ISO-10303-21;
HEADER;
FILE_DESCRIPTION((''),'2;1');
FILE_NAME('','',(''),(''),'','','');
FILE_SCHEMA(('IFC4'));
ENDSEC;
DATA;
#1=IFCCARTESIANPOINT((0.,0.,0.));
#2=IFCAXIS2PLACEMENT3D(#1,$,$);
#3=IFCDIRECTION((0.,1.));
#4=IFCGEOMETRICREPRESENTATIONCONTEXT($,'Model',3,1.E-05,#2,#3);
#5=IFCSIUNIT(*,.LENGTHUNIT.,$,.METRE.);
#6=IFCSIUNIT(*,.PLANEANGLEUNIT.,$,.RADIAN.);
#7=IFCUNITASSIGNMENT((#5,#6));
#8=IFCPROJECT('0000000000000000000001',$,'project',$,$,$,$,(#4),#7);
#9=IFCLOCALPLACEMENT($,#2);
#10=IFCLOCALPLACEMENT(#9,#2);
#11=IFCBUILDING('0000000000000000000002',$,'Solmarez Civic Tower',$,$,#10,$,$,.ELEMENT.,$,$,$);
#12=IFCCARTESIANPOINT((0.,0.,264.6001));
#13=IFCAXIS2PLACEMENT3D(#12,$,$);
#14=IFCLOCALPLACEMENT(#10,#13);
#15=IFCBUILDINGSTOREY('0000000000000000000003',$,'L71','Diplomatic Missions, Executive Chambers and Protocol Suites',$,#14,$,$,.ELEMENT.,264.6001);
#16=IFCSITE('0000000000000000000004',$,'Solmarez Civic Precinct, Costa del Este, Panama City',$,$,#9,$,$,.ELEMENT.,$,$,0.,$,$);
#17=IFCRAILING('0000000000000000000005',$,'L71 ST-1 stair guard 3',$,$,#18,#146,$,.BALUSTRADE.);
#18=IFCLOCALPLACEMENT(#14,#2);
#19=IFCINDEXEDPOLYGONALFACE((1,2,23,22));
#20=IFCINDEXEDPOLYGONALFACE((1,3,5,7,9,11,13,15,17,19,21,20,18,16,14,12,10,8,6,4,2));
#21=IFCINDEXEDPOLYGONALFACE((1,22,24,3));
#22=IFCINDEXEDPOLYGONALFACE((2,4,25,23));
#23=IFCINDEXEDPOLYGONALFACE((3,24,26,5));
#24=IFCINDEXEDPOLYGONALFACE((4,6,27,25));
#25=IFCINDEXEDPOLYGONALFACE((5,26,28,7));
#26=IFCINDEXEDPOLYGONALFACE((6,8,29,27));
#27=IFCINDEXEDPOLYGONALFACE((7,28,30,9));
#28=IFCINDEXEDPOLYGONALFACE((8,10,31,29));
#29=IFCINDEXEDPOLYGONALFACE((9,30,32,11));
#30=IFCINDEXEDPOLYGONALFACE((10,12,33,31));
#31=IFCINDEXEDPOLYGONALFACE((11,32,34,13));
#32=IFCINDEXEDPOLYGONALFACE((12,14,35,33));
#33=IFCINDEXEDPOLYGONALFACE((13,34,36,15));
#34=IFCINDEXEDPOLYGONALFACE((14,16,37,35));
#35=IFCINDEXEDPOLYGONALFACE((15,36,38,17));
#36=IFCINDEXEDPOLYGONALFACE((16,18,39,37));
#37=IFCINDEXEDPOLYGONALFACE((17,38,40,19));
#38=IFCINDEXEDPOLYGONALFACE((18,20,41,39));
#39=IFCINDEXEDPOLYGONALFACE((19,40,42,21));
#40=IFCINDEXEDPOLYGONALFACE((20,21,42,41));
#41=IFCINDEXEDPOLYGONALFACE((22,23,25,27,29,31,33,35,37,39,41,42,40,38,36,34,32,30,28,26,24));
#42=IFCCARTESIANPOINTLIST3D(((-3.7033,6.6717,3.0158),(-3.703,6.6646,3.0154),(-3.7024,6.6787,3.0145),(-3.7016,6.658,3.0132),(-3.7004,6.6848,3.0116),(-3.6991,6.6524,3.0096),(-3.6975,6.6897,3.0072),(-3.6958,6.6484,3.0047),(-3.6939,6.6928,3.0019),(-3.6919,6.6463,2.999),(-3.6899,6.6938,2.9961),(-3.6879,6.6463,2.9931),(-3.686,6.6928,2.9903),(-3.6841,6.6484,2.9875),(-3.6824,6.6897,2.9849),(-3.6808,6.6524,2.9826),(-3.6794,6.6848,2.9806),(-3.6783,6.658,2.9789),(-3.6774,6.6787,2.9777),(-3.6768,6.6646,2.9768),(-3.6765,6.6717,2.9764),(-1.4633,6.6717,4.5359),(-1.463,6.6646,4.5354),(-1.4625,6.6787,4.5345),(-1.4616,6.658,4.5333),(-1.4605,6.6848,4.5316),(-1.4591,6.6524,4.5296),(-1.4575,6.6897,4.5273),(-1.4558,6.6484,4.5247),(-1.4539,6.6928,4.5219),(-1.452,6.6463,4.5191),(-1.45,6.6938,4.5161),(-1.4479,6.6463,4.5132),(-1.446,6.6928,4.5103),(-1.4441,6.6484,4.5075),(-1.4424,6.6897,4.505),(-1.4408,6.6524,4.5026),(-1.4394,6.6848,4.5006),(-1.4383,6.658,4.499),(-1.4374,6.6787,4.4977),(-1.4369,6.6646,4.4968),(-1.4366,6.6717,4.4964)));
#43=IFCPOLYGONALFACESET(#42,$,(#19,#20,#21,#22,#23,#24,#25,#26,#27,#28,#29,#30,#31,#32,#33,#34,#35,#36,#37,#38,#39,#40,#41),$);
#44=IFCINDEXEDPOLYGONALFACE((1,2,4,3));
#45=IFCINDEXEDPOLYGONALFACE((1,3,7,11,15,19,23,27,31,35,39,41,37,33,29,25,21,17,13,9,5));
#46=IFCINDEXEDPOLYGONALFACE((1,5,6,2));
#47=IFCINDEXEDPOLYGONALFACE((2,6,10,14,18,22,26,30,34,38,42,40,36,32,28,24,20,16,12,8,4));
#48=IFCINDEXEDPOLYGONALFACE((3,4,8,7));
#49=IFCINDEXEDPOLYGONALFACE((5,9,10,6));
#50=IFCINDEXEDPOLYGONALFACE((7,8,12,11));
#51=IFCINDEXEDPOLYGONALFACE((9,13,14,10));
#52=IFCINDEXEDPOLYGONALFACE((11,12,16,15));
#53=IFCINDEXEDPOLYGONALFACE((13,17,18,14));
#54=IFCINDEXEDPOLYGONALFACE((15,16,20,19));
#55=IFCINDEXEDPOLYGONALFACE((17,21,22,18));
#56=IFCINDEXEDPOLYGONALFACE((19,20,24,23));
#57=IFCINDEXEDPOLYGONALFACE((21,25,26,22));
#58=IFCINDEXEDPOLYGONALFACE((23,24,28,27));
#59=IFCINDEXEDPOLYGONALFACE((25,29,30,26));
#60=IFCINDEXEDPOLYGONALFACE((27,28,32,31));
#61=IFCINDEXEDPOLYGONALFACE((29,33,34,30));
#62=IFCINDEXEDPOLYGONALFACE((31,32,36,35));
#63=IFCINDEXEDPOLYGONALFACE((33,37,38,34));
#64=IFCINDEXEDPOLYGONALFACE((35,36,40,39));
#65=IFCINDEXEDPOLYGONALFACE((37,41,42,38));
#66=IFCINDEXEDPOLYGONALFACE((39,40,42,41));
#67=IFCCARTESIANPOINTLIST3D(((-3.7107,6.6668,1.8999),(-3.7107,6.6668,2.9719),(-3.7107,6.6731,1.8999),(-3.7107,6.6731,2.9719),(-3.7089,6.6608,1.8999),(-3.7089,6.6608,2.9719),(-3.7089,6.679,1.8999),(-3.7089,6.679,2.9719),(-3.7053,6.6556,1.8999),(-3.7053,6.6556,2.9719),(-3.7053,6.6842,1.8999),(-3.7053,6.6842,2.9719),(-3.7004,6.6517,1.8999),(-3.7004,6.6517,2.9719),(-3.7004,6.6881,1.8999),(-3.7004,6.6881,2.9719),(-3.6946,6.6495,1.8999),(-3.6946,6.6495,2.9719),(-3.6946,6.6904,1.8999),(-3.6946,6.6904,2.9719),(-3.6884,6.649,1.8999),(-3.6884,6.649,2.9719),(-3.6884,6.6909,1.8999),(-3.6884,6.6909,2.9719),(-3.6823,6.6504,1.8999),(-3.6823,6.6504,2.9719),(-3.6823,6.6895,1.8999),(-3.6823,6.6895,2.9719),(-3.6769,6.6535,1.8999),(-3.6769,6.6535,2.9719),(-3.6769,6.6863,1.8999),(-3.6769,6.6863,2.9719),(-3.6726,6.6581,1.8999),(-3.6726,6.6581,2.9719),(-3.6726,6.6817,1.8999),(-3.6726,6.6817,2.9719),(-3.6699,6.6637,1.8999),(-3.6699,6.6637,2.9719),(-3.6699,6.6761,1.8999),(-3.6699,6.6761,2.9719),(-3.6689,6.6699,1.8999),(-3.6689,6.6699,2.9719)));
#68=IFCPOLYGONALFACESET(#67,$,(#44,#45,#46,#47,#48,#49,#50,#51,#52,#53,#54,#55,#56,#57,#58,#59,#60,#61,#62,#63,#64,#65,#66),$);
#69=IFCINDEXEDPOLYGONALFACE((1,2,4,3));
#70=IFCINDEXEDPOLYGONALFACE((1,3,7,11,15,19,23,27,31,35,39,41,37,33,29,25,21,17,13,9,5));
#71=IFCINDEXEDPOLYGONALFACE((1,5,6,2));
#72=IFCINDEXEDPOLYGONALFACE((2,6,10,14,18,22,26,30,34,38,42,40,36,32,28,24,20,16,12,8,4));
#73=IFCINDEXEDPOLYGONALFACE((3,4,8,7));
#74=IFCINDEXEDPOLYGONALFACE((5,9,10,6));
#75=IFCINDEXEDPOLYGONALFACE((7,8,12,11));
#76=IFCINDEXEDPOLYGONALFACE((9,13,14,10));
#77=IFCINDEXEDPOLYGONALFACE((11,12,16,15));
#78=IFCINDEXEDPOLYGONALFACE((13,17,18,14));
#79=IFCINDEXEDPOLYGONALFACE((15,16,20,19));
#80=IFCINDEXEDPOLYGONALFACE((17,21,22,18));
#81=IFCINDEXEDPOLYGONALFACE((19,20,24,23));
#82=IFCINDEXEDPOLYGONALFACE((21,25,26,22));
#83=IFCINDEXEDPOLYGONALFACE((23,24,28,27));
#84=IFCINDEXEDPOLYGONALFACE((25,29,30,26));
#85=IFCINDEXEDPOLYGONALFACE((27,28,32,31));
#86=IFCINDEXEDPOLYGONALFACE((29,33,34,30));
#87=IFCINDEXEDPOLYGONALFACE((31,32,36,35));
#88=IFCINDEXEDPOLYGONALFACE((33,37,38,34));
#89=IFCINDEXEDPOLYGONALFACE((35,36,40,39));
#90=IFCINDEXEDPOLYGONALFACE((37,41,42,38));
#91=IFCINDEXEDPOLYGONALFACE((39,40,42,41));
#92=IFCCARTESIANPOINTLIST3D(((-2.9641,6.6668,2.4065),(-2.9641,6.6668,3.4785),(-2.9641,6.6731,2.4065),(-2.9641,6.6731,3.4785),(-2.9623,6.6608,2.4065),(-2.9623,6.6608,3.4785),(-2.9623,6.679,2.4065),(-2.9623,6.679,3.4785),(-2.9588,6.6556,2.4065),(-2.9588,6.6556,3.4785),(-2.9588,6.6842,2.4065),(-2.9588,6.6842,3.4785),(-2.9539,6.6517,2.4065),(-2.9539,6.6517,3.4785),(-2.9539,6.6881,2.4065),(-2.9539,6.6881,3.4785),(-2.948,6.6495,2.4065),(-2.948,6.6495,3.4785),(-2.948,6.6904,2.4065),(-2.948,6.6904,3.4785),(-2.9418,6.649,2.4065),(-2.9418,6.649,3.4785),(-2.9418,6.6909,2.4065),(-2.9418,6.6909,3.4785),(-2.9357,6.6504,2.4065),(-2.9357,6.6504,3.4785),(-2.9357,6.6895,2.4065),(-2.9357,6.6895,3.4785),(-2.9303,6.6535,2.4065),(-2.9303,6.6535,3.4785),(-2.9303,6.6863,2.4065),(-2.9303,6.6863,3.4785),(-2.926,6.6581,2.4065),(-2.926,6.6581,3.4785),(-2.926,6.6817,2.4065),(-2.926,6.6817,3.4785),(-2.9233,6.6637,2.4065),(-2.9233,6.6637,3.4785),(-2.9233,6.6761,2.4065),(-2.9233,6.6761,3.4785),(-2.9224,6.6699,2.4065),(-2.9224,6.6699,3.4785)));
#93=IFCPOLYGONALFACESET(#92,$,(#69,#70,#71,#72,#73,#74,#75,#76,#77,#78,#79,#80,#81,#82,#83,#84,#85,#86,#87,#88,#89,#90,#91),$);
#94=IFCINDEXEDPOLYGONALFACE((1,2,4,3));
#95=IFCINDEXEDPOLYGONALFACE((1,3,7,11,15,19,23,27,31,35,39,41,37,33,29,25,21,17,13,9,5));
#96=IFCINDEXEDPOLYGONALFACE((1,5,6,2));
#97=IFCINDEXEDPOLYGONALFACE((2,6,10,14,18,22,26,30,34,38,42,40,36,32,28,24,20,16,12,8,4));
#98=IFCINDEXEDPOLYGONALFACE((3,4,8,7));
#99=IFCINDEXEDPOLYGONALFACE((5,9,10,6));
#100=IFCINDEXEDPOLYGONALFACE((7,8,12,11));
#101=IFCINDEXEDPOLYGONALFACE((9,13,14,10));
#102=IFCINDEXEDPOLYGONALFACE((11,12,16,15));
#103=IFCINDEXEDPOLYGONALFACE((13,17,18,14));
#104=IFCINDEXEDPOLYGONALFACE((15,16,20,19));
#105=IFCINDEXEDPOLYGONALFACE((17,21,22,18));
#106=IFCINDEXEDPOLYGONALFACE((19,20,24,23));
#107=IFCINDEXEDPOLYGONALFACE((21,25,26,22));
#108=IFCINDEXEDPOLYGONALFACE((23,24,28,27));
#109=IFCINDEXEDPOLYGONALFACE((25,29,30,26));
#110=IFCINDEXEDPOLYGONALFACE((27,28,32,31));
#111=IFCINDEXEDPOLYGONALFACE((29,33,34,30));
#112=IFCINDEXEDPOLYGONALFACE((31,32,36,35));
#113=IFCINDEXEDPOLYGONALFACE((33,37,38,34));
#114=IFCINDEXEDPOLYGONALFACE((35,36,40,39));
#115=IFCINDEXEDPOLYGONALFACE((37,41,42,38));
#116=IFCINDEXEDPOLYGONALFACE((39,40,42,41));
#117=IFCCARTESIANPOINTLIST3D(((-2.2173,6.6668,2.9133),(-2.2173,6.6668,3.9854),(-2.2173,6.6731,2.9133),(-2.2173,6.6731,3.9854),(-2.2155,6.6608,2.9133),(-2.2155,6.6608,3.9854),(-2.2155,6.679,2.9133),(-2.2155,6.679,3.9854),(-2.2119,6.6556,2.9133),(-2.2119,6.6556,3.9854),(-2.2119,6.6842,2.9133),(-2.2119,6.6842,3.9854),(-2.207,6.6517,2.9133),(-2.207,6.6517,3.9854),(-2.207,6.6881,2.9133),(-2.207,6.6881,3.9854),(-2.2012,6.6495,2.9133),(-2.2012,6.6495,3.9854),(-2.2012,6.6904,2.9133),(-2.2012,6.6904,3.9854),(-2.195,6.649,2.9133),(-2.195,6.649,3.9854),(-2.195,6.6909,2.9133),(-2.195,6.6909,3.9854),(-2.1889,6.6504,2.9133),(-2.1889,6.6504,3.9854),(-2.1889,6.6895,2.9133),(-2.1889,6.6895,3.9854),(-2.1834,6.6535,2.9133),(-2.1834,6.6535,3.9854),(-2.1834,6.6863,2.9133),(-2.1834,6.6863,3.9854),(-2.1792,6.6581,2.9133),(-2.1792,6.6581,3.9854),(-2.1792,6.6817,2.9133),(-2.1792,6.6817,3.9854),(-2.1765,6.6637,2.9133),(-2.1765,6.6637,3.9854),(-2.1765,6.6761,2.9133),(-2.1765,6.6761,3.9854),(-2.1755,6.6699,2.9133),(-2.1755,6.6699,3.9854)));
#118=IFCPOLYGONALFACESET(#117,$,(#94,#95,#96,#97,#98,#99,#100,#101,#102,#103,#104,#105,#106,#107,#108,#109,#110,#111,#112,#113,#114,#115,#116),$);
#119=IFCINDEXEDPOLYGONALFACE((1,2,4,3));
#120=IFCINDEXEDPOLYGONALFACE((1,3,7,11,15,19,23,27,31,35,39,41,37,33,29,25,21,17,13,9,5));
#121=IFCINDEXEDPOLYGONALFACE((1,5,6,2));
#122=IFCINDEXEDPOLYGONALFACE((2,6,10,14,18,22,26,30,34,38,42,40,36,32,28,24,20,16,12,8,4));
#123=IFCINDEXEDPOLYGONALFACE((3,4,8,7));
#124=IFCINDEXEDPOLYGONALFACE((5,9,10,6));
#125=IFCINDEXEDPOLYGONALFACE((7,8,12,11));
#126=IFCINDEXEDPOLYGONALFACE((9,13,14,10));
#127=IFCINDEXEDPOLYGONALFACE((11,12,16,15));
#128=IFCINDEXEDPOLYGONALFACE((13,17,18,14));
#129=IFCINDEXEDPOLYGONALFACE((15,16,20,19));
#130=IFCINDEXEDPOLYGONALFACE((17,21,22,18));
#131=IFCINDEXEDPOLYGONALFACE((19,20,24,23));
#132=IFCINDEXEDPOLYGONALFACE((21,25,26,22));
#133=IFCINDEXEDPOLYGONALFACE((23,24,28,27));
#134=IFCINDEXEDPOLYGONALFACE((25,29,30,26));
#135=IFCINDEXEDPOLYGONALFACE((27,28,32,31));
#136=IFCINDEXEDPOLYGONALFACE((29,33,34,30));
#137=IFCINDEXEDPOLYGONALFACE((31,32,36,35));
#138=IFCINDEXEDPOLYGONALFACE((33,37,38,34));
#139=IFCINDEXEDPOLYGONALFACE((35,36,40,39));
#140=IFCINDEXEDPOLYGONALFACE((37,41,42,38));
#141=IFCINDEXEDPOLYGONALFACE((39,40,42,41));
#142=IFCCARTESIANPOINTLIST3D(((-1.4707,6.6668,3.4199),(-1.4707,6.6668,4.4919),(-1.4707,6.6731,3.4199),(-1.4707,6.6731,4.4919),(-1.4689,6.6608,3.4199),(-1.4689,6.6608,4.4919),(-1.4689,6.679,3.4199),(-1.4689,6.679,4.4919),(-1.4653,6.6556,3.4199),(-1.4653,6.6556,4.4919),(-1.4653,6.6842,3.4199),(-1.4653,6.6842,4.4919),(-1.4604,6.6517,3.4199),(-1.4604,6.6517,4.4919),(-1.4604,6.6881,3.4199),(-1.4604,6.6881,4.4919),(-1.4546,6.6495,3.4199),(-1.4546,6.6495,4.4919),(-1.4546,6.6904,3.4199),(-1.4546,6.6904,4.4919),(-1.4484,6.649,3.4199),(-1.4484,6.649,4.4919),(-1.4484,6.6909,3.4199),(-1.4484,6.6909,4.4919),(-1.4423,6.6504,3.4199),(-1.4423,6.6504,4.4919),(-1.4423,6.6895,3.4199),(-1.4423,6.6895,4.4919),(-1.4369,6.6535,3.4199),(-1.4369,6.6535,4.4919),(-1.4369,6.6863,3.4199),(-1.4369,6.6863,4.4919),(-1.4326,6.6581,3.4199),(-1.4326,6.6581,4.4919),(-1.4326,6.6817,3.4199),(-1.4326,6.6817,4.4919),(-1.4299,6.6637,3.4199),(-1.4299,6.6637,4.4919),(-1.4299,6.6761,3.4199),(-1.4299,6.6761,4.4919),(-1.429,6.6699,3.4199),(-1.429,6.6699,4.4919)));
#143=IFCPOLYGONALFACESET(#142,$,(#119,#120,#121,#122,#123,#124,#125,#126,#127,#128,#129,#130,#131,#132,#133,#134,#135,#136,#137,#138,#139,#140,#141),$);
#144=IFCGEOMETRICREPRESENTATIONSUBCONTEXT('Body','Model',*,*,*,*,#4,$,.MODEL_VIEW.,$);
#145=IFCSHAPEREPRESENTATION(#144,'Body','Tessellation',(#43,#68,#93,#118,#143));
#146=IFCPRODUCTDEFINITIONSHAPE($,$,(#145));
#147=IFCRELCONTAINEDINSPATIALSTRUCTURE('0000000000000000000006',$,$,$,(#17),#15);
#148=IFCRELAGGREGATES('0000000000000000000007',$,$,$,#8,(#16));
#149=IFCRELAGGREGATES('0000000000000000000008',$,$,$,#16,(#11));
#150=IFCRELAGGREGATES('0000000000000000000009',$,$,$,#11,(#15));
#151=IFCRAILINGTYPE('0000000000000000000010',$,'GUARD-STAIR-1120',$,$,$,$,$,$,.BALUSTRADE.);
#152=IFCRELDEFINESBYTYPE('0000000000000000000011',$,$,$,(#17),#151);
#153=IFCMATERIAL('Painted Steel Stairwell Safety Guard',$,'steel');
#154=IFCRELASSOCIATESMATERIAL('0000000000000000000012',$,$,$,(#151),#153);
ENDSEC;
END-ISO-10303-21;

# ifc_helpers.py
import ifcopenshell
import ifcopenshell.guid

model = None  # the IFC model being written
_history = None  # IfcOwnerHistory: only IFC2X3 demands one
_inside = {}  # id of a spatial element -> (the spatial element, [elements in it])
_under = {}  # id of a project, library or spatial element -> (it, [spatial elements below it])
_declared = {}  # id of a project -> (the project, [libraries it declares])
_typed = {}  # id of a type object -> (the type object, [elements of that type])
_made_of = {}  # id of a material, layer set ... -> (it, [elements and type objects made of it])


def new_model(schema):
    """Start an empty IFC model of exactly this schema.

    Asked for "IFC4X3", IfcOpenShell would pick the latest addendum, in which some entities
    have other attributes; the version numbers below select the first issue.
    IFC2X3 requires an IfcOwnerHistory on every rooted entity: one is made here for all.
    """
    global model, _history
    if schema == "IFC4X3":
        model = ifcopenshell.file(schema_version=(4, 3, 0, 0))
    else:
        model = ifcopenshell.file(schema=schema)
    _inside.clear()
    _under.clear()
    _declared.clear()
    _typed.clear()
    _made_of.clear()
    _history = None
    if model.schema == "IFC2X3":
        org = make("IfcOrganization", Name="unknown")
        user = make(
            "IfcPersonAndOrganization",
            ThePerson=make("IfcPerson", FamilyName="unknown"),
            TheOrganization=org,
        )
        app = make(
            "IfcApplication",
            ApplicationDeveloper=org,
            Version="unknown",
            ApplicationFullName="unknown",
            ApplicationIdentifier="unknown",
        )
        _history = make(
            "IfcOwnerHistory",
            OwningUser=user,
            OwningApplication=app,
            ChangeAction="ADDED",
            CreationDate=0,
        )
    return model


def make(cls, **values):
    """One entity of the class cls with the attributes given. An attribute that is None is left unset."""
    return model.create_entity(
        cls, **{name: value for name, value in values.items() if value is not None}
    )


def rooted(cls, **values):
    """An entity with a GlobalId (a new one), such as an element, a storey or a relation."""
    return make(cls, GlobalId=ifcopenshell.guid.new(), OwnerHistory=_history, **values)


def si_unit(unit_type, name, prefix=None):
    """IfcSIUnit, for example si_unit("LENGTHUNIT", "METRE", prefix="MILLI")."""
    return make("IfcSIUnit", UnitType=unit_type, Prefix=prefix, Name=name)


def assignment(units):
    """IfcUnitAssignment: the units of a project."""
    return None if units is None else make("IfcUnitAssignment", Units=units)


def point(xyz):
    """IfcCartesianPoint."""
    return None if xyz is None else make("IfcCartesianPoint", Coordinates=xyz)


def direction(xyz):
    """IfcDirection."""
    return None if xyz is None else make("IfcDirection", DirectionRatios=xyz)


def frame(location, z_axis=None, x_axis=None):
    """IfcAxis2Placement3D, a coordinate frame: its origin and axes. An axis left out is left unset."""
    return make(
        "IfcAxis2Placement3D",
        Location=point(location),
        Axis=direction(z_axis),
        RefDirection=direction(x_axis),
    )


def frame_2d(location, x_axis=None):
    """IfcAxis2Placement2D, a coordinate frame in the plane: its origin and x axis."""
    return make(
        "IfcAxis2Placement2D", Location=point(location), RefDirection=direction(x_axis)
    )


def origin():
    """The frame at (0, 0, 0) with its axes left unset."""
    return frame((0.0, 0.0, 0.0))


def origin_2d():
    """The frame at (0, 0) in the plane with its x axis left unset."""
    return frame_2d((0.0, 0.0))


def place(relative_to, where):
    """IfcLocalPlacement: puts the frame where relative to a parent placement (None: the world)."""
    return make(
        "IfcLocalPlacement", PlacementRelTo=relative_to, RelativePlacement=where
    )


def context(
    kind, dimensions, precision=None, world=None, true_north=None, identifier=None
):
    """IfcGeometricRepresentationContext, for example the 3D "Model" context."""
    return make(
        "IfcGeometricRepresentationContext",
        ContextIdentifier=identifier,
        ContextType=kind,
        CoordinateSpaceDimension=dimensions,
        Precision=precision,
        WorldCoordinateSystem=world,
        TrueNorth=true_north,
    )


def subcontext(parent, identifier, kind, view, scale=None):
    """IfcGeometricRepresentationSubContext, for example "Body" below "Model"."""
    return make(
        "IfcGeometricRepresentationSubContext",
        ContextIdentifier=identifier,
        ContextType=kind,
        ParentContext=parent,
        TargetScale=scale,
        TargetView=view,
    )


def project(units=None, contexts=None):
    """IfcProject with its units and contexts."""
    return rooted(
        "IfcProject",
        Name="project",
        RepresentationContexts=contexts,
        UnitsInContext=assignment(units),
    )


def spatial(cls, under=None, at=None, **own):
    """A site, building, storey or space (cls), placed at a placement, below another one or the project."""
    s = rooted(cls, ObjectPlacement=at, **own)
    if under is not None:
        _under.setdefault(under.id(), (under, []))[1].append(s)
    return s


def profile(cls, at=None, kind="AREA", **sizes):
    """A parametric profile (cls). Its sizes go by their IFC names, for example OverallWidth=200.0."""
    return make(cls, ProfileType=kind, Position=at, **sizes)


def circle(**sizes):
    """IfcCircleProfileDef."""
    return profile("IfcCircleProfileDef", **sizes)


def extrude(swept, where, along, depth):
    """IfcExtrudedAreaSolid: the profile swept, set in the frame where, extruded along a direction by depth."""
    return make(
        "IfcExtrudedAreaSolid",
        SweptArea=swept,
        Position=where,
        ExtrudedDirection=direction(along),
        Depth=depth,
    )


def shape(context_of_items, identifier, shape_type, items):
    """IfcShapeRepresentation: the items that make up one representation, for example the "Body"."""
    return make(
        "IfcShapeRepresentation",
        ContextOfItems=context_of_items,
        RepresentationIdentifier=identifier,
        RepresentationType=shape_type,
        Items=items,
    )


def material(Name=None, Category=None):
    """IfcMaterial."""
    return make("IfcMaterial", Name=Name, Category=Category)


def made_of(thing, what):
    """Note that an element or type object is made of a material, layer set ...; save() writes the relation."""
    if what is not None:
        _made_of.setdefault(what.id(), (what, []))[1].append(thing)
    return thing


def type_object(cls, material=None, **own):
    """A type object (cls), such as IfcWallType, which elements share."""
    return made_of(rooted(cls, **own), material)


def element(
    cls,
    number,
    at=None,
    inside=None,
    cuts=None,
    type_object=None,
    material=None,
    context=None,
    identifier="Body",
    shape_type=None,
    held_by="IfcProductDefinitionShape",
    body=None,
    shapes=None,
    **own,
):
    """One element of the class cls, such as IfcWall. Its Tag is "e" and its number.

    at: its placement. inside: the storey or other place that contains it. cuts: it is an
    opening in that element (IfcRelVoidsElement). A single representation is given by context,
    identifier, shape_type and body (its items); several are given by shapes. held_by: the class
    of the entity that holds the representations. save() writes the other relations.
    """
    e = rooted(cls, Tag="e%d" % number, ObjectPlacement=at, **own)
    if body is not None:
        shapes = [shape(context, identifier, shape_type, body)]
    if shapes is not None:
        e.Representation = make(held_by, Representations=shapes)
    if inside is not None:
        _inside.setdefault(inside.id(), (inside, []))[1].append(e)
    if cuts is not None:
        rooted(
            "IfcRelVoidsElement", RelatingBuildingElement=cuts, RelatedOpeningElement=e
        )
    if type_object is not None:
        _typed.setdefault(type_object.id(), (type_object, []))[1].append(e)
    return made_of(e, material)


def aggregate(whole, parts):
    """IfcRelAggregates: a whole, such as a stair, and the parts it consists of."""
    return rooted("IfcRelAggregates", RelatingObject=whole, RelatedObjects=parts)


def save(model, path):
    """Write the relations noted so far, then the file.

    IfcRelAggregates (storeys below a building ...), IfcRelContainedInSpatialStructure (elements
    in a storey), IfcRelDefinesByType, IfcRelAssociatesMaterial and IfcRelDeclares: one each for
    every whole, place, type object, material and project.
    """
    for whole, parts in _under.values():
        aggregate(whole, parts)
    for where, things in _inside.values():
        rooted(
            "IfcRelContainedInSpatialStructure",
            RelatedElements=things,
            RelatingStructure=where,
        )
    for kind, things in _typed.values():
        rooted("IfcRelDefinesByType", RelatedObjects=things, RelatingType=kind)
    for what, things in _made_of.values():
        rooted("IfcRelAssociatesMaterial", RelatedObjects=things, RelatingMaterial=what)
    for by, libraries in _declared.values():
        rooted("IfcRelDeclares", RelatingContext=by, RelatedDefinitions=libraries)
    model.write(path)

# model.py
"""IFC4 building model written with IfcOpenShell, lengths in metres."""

from ifc_helpers import new_model, si_unit, direction, frame, origin, origin_2d, place, context, subcontext, project, spatial, circle, extrude, material, type_object, element, save


model = new_model("IFC4")

# Units and contexts
model_context = context("Model", 3, precision=1e-05, world=origin(), true_north=direction((0.0, 1.0)))
body_context = subcontext(model_context, "Body", "Model", "MODEL_VIEW")
ifc_project = project(units=[si_unit("LENGTHUNIT", "METRE"), si_unit("PLANEANGLEUNIT", "RADIAN")], contexts=[model_context])

# Site, building, storey
site_placement = place(None, origin())
site = spatial("IfcSite", under=ifc_project, at=site_placement, Name="Solmarez Civic Precinct, Costa del Este, Panama City", CompositionType="ELEMENT", RefElevation=0.0)
building_placement = place(site_placement, origin())
building = spatial("IfcBuilding", under=site, at=building_placement, Name="Solmarez Civic Tower", CompositionType="ELEMENT")
storey_placement = place(building_placement, frame((0.0, 0.0, 264.6001)))
storey = spatial("IfcBuildingStorey", under=building, at=storey_placement, Name="L71", Description="Diplomatic Missions, Executive Chambers and Protocol Suites", CompositionType="ELEMENT", Elevation=264.6001)

# Railing
ifc_material_1 = material(Name="Painted Steel Stairwell Safety Guard", Category="steel")
railing_type_1 = type_object("IfcRailingType", Name="GUARD-STAIR-1120", PredefinedType="BALUSTRADE", material=ifc_material_1)
railing_1_placement = place(storey_placement, frame((-3.6899, 6.6699, 1.8999)))
element("IfcRailing", 1, at=railing_1_placement, inside=storey, type_object=railing_type_1, Name="L71 ST-1 stair guard 3", PredefinedType="BALUSTRADE", context=body_context, shape_type="SweptSolid", body=[
    extrude(circle(Radius=0.0239, at=origin_2d()), frame((0.0, 0.0, 1.0962), z_axis=(0.827471, 0.0, 0.561508), x_axis=(0.0, 1.0, 0.0)), (0.0, 0.0, 1.0), 2.707),
    extrude(circle(Radius=0.021, at=origin_2d()), origin(), (0.0, 0.0, 1.0), 1.072),
    extrude(circle(Radius=0.021, at=origin_2d()), frame((0.7466, 0.0, 0.5066)), (0.0, 0.0, 1.0), 1.072),
    extrude(circle(Radius=0.021, at=origin_2d()), frame((1.4934, 0.0, 1.0134)), (0.0, 0.0, 1.0), 1.072),
    extrude(circle(Radius=0.021, at=origin_2d()), frame((2.24, 0.0, 1.52)), (0.0, 0.0, 1.0), 1.072),
])

save(model, "model.ifc")
